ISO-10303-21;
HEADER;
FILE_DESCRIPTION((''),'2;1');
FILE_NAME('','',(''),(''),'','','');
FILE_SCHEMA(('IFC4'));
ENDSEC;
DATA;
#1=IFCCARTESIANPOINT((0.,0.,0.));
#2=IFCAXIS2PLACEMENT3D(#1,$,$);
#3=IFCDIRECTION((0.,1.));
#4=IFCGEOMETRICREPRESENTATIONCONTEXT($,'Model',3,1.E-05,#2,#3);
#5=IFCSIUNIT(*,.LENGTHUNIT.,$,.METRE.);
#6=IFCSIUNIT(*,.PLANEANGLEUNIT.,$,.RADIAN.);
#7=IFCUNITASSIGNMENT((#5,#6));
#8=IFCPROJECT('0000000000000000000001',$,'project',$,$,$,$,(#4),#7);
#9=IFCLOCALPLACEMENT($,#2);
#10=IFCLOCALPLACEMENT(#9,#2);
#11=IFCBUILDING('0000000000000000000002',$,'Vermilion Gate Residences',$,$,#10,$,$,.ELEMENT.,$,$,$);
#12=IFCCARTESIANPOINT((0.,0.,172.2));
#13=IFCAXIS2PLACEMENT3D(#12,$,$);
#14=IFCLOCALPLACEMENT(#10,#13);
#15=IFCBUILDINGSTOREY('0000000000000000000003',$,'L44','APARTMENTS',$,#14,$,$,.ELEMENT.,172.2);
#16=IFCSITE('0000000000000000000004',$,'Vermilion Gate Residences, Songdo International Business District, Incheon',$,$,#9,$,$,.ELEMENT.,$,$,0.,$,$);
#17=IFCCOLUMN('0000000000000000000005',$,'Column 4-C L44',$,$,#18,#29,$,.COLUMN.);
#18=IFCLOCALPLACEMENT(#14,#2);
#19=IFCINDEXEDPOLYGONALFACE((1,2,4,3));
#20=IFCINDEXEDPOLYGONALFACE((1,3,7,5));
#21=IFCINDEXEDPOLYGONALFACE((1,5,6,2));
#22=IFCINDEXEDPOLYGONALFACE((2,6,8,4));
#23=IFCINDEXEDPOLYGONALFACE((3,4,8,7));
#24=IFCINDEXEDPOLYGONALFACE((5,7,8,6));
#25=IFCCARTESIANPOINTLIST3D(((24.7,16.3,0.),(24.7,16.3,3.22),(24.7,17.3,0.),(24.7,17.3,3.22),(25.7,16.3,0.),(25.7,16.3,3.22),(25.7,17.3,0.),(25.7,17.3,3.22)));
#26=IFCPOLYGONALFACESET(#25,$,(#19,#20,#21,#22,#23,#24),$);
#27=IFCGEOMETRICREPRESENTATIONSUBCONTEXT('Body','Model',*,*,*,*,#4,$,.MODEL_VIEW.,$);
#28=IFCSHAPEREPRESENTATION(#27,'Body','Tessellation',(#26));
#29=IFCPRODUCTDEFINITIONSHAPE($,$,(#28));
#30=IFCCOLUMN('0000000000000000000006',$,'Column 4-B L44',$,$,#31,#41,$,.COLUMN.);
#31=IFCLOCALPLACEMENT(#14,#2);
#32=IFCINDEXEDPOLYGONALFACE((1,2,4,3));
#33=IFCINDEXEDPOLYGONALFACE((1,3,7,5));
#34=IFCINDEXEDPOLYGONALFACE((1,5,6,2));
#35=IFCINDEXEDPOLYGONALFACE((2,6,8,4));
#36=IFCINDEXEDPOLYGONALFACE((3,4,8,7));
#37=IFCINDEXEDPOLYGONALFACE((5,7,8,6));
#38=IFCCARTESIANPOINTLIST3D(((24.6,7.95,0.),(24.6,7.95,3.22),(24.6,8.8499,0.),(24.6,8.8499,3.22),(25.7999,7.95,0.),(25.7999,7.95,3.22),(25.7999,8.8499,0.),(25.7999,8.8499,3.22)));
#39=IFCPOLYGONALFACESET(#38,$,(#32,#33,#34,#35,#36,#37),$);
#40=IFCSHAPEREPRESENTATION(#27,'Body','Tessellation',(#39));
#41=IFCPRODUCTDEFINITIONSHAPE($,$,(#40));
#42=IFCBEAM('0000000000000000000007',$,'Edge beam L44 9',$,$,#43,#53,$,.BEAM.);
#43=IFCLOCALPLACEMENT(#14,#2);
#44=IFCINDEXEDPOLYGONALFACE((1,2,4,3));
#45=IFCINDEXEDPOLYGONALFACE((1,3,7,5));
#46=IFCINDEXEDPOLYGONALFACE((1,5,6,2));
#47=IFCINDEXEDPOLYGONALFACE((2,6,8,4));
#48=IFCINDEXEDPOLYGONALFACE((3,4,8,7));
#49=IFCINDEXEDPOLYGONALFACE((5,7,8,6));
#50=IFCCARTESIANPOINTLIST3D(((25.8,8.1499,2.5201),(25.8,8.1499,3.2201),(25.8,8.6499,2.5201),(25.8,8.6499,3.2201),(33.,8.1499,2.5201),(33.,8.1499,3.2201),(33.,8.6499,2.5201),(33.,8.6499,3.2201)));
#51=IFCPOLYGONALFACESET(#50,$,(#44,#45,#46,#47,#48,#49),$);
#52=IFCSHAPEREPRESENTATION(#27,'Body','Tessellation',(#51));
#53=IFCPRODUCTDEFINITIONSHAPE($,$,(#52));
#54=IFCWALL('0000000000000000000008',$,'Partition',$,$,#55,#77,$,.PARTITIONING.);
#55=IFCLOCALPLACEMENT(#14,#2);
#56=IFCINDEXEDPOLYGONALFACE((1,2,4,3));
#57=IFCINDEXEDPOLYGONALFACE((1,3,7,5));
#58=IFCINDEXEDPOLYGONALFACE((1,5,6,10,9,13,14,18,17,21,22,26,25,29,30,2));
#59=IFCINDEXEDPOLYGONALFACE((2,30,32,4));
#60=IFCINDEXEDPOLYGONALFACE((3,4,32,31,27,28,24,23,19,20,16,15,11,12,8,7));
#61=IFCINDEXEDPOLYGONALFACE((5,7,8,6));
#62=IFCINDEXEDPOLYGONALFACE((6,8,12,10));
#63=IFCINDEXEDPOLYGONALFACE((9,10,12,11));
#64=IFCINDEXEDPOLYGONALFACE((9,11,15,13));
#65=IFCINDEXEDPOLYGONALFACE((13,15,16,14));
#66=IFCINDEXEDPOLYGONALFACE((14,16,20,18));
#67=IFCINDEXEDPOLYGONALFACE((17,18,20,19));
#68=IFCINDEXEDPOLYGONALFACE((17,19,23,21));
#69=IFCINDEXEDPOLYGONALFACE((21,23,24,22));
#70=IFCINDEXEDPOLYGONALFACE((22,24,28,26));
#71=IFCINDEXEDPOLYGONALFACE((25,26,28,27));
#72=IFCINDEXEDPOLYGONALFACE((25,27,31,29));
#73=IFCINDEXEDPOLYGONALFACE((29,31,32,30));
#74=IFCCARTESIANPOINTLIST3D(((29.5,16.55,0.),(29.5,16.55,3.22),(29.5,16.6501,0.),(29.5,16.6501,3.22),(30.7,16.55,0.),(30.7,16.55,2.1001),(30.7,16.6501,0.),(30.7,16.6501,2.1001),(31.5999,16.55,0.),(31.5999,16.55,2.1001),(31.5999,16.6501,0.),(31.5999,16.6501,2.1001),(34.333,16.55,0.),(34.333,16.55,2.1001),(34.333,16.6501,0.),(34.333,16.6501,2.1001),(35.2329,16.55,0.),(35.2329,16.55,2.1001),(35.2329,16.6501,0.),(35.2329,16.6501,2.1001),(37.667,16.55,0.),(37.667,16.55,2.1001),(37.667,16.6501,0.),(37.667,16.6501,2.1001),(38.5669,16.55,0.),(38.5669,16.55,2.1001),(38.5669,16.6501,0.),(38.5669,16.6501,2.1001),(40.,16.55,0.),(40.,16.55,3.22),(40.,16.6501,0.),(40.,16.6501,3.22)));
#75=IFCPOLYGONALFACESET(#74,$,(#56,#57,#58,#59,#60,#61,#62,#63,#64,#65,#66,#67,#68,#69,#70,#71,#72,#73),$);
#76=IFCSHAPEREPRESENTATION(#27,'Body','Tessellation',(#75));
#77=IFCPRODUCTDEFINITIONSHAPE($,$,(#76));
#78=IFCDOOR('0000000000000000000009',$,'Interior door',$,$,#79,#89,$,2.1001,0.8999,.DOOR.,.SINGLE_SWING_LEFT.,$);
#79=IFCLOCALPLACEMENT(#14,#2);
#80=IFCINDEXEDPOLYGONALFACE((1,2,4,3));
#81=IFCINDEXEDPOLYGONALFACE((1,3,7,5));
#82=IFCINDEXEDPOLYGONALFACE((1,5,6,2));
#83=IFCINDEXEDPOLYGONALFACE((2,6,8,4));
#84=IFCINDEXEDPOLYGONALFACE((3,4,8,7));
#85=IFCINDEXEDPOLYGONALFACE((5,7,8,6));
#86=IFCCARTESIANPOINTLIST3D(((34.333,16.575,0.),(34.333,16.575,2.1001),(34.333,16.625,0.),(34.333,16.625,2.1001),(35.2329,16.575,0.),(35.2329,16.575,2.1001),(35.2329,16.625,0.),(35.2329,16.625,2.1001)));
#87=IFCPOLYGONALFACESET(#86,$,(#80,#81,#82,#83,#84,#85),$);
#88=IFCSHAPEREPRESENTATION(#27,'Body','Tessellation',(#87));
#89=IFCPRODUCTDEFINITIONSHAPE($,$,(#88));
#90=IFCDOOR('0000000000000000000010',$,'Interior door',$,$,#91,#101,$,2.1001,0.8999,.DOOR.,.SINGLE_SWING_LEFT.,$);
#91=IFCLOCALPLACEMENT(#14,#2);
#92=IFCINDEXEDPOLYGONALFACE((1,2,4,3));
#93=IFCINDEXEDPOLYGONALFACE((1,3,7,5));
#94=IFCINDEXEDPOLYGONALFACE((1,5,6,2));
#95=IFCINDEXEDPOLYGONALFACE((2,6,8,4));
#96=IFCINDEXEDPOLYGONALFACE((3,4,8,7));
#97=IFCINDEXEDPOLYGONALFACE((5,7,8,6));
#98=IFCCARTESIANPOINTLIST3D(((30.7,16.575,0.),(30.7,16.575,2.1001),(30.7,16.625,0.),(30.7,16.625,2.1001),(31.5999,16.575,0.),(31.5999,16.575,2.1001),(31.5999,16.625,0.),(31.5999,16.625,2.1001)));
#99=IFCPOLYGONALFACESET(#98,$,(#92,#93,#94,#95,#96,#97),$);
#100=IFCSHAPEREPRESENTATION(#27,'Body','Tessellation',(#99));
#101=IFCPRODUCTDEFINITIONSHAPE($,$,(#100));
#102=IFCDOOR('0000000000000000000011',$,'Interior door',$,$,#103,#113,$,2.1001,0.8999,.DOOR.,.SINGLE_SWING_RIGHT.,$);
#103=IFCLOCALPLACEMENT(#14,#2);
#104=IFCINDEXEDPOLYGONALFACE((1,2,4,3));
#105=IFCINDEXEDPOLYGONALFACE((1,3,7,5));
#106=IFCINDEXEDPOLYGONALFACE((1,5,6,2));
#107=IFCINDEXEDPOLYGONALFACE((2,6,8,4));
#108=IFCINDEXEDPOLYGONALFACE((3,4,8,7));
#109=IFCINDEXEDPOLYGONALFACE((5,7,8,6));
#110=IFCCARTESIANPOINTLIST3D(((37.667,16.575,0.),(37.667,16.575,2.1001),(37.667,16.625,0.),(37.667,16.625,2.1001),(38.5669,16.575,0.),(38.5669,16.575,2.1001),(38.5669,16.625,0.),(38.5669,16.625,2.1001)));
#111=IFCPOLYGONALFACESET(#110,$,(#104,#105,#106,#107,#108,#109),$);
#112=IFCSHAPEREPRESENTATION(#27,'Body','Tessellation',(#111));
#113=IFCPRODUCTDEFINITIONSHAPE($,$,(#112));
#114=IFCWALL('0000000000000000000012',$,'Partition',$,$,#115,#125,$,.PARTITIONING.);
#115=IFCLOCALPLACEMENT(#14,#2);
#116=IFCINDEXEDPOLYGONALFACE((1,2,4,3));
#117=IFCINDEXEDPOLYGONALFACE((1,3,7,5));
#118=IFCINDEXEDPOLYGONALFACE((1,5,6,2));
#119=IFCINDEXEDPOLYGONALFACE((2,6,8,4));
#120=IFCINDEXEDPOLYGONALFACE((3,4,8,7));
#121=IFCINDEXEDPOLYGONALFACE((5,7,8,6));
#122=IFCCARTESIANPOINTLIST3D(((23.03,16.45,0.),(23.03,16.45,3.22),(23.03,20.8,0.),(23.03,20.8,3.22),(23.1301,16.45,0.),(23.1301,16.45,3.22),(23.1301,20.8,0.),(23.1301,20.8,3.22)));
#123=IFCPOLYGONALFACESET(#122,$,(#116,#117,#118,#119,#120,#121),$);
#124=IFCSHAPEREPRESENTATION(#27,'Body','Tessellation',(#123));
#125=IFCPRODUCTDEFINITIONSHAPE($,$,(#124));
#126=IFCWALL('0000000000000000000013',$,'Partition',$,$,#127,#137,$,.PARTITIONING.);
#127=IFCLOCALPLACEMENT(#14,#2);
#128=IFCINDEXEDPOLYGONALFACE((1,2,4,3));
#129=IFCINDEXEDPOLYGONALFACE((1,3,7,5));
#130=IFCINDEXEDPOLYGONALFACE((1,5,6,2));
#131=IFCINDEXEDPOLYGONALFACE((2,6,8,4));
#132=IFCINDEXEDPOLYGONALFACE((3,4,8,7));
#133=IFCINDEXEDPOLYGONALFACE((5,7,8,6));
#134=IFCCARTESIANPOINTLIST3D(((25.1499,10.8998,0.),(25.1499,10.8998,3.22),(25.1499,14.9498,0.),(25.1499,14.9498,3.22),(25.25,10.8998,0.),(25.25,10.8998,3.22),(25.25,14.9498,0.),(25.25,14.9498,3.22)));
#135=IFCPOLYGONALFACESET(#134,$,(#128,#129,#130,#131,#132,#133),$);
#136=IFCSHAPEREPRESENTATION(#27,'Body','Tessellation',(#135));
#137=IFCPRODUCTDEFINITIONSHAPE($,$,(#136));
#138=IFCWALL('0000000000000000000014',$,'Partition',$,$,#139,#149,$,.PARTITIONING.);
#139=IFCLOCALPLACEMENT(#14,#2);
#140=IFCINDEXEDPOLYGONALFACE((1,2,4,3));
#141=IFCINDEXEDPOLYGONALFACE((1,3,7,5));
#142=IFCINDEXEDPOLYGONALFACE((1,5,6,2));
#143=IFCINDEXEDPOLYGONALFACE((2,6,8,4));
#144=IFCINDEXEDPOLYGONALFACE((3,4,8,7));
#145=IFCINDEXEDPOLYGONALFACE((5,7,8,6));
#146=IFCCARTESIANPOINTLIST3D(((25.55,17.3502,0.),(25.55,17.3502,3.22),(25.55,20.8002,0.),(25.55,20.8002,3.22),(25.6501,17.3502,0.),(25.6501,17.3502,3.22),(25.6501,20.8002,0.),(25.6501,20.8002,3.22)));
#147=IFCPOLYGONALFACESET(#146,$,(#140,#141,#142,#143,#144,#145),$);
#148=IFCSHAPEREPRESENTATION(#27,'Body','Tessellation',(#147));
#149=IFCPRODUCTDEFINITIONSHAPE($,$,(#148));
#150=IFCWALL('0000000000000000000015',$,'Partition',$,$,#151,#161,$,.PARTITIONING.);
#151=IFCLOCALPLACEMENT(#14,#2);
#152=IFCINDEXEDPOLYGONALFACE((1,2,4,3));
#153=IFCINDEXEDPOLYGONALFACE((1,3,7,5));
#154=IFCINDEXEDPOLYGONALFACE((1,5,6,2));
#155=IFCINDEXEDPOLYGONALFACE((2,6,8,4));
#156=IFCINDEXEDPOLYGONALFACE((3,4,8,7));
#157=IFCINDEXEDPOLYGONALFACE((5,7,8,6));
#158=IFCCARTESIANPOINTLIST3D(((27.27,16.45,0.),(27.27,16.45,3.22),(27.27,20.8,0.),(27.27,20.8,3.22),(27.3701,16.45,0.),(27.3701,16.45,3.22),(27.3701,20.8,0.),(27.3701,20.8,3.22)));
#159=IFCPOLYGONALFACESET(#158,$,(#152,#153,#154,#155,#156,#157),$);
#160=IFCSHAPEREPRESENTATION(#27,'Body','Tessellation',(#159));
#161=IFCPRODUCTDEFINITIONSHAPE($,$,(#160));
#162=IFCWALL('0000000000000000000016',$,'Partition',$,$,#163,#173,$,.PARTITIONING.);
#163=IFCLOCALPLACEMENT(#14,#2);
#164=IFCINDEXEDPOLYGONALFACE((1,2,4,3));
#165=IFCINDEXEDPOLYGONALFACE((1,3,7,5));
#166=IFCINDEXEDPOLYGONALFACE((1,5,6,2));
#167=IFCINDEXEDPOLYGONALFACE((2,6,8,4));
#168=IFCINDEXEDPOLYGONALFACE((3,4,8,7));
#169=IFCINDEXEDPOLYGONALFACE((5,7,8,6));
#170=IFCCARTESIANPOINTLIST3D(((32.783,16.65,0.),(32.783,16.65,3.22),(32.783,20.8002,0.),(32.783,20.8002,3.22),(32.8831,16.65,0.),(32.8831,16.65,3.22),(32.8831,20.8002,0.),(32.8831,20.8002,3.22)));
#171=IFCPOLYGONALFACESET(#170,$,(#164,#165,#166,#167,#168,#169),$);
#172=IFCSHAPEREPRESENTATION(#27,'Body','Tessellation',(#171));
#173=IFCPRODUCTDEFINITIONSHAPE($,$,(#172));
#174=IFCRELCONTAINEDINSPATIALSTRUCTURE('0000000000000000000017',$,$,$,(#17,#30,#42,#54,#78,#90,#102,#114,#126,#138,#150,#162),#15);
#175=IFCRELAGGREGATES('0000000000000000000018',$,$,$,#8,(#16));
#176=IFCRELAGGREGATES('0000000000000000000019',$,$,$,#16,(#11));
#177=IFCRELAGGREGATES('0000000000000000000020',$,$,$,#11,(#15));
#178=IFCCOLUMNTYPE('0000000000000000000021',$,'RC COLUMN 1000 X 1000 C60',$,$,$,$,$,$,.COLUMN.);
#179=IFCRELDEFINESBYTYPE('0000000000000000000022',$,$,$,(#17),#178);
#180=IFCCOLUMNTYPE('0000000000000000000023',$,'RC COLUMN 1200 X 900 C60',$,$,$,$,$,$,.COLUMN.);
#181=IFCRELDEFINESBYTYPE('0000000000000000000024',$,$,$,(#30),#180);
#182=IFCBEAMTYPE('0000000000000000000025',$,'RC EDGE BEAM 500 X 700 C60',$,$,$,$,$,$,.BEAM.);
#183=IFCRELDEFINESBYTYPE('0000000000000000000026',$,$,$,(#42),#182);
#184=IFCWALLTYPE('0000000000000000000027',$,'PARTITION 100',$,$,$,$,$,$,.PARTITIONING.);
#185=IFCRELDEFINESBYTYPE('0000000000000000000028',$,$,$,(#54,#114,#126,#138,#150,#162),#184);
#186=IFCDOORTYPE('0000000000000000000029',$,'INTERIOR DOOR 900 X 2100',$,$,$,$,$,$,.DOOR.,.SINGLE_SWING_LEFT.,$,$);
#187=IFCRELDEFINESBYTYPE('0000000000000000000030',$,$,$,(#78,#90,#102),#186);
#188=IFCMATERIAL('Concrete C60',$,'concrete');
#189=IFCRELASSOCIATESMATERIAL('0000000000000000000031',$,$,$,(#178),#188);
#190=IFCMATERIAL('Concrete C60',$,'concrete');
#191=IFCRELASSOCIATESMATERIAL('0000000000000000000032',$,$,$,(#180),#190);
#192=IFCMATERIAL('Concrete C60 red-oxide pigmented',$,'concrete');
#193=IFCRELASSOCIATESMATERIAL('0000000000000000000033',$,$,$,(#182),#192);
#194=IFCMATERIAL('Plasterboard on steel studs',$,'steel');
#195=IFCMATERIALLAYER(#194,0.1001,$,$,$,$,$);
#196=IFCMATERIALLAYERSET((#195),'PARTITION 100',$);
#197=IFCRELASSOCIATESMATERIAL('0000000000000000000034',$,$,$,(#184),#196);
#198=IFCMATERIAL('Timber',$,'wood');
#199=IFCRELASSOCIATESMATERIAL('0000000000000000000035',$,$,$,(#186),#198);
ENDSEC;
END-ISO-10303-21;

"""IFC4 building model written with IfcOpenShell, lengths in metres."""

from ifc_helpers import new_model, si_unit, direction, frame, frame_2d, origin, origin_2d, place, context, subcontext, project, spatial, rectangle, extrude, material, layer, layer_set, material_profile, profile_set, type_object, element, fill, save


model = new_model("IFC4")

# Units and contexts
model_context = context("Model", 3, precision=1e-05, world=origin(), true_north=direction((0.0, 1.0)))
body_context = subcontext(model_context, "Body", "Model", "MODEL_VIEW")
ifc_project = project(units=[si_unit("LENGTHUNIT", "METRE"), si_unit("PLANEANGLEUNIT", "RADIAN")], contexts=[model_context])

# Site, building, storey
site_placement = place(None, origin())
site = spatial("IfcSite", under=ifc_project, at=site_placement, Name="Vermilion Gate Residences, Songdo International Business District, Incheon", CompositionType="ELEMENT", RefElevation=0.0)
building_placement = place(site_placement, origin())
building = spatial("IfcBuilding", under=site, at=building_placement, Name="Vermilion Gate Residences", CompositionType="ELEMENT")
storey_placement = place(building_placement, frame((0.0, 0.0, 172.2)))
storey = spatial("IfcBuildingStorey", under=building, at=storey_placement, Name="L44", Description="APARTMENTS", CompositionType="ELEMENT", Elevation=172.2)

# Columns
ifc_material_1 = material(Name="Concrete C60", Category="concrete")
ifc_material_profile_1 = material_profile(ifc_material_1, rectangle(XDim=1.0, YDim=1.0, at=origin_2d()), Name="RC-1000x1000")
ifc_profile_set_1 = profile_set([ifc_material_profile_1], Name="Concrete C60")
column_type_1 = type_object("IfcColumnType", Name="RC COLUMN 1000 X 1000 C60", PredefinedType="COLUMN", material=ifc_profile_set_1)
column_1_placement = place(storey_placement, frame((25.2, 16.8, 0.0), z_axis=(0.0, 0.0, 1.0), x_axis=(1.0, 0.0, 0.0)))
element("IfcColumn", 1, at=column_1_placement, inside=storey, type_object=column_type_1, Name="Column 4-C L44", PredefinedType="COLUMN", context=body_context, shape_type="SweptSolid", body=[
    extrude(rectangle(XDim=1.0, YDim=1.0, at=origin_2d()), origin(), (0.0, 0.0, 1.0), 3.22),
])
ifc_material_2 = material(Name="Concrete C60", Category="concrete")
ifc_material_profile_2 = material_profile(ifc_material_2, rectangle(XDim=1.2, YDim=0.8999, at=origin_2d()), Name="RC-1200x900")
ifc_profile_set_2 = profile_set([ifc_material_profile_2], Name="Concrete C60")
column_type_2 = type_object("IfcColumnType", Name="RC COLUMN 1200 X 900 C60", PredefinedType="COLUMN", material=ifc_profile_set_2)
column_2_placement = place(storey_placement, frame((25.2, 8.3999, 0.0), z_axis=(0.0, 0.0, 1.0), x_axis=(1.0, 0.0, 0.0)))
element("IfcColumn", 2, at=column_2_placement, inside=storey, type_object=column_type_2, Name="Column 4-B L44", PredefinedType="COLUMN", context=body_context, shape_type="SweptSolid", body=[
    extrude(rectangle(XDim=1.2, YDim=0.8999, at=origin_2d()), origin(), (0.0, 0.0, 1.0), 3.22),
])

# Beam
ifc_material_3 = material(Name="Concrete C60 red-oxide pigmented", Category="concrete")
ifc_material_profile_3 = material_profile(ifc_material_3, rectangle(XDim=0.5, YDim=0.7, at=origin_2d()), Name="RC-500x700")
ifc_profile_set_3 = profile_set([ifc_material_profile_3], Name="Concrete C60 red-oxide pigmented")
beam_type = type_object("IfcBeamType", Name="RC EDGE BEAM 500 X 700 C60", PredefinedType="BEAM", material=ifc_profile_set_3)
beam_placement = place(storey_placement, frame((25.8, 8.3999, 2.8701), z_axis=(1.0, 0.0, 0.0), x_axis=(0.0, 1.0, 0.0)))
element("IfcBeam", 3, at=beam_placement, inside=storey, type_object=beam_type, Name="Edge beam L44 9", PredefinedType="BEAM", context=body_context, shape_type="SweptSolid", body=[
    extrude(rectangle(XDim=0.5, YDim=0.7, at=origin_2d()), origin(), (0.0, 0.0, 1.0), 7.2),
])

# Wall, openings, doors
ifc_material_4 = material(Name="Plasterboard on steel studs", Category="steel")
ifc_layer_1 = layer(ifc_material_4, 0.1001)
ifc_layer_set_1 = layer_set([ifc_layer_1], Name="PARTITION 100")
wall_type_1 = type_object("IfcWallType", Name="PARTITION 100", PredefinedType="PARTITIONING", material=ifc_layer_set_1)
wall_1_placement = place(storey_placement, frame((29.5, 16.6001, 0.0), z_axis=(0.0, 0.0, 1.0), x_axis=(1.0, 0.0, 0.0)))
wall_1 = element("IfcWall", 4, at=wall_1_placement, inside=storey, type_object=wall_type_1, Name="Partition", PredefinedType="PARTITIONING", context=body_context, shape_type="SweptSolid", body=[
    extrude(rectangle(XDim=10.5, YDim=0.1001, at=frame_2d((5.25, 0.0))), origin(), (0.0, 0.0, 1.0), 3.22),
])
opening_1_placement = place(wall_1_placement, frame((4.833, 0.0, 0.0)))
opening_1 = element("IfcOpeningElement", 5, at=opening_1_placement, cuts=wall_1, PredefinedType="OPENING", context=body_context, shape_type="SweptSolid", body=[
    extrude(rectangle(XDim=0.8999, YDim=2.1001, at=frame_2d((0.45, 1.05))), frame((0.0, 0.0601, 0.0), z_axis=(0.0, -1.0, 0.0), x_axis=(1.0, 0.0, 0.0)), (0.0, 0.0, 1.0), 0.1201),
])
opening_2_placement = place(wall_1_placement, frame((1.2, 0.0, 0.0)))
opening_2 = element("IfcOpeningElement", 6, at=opening_2_placement, cuts=wall_1, PredefinedType="OPENING", context=body_context, shape_type="SweptSolid", body=[
    extrude(rectangle(XDim=0.8999, YDim=2.1001, at=frame_2d((0.45, 1.05))), frame((0.0, 0.0601, 0.0), z_axis=(0.0, -1.0, 0.0), x_axis=(1.0, 0.0, 0.0)), (0.0, 0.0, 1.0), 0.1201),
])
opening_3_placement = place(wall_1_placement, frame((8.167, 0.0, 0.0)))
opening_3 = element("IfcOpeningElement", 7, at=opening_3_placement, cuts=wall_1, PredefinedType="OPENING", context=body_context, shape_type="SweptSolid", body=[
    extrude(rectangle(XDim=0.8999, YDim=2.1001, at=frame_2d((0.45, 1.05))), frame((0.0, 0.0601, 0.0), z_axis=(0.0, -1.0, 0.0), x_axis=(1.0, 0.0, 0.0)), (0.0, 0.0, 1.0), 0.1201),
])
ifc_material_5 = material(Name="Timber", Category="wood")
door_type = type_object("IfcDoorType", Name="INTERIOR DOOR 900 X 2100", OperationType="SINGLE_SWING_LEFT", PredefinedType="DOOR", material=ifc_material_5)
door_1_placement = place(opening_1_placement, origin())
door_1 = element("IfcDoor", 8, at=door_1_placement, inside=storey, type_object=door_type, Name="Interior door", OperationType="SINGLE_SWING_LEFT", OverallHeight=2.1001, OverallWidth=0.8999, PredefinedType="DOOR", context=body_context, shape_type="SweptSolid", body=[
    extrude(rectangle(XDim=0.8999, YDim=2.1001, at=frame_2d((0.45, 1.05))), frame((0.0, 0.0249, 0.0), z_axis=(0.0, -1.0, 0.0), x_axis=(1.0, 0.0, 0.0)), (0.0, 0.0, 1.0), 0.05),
])
fill(opening_1, door_1)
door_2_placement = place(opening_2_placement, origin())
door_2 = element("IfcDoor", 9, at=door_2_placement, inside=storey, type_object=door_type, Name="Interior door", OperationType="SINGLE_SWING_LEFT", OverallHeight=2.1001, OverallWidth=0.8999, PredefinedType="DOOR", context=body_context, shape_type="SweptSolid", body=[
    extrude(rectangle(XDim=0.8999, YDim=2.1001, at=frame_2d((0.45, 1.05))), frame((0.0, 0.0249, 0.0), z_axis=(0.0, -1.0, 0.0), x_axis=(1.0, 0.0, 0.0)), (0.0, 0.0, 1.0), 0.05),
])
fill(opening_2, door_2)
door_3_placement = place(opening_3_placement, origin())
door_3 = element("IfcDoor", 10, at=door_3_placement, inside=storey, type_object=door_type, Name="Interior door", OperationType="SINGLE_SWING_RIGHT", OverallHeight=2.1001, OverallWidth=0.8999, PredefinedType="DOOR", context=body_context, shape_type="SweptSolid", body=[
    extrude(rectangle(XDim=0.8999, YDim=2.1001, at=frame_2d((0.45, 1.05))), frame((0.0, 0.0249, 0.0), z_axis=(0.0, -1.0, 0.0), x_axis=(1.0, 0.0, 0.0)), (0.0, 0.0, 1.0), 0.05),
])
fill(opening_3, door_3)

# Walls
wall_2_placement = place(storey_placement, frame((23.0801, 16.45, 0.0), z_axis=(0.0, 0.0, 1.0), x_axis=(0.0, 1.0, 0.0)))
element("IfcWall", 11, at=wall_2_placement, inside=storey, type_object=wall_type_1, Name="Partition", PredefinedType="PARTITIONING", context=body_context, shape_type="SweptSolid", body=[
    extrude(rectangle(XDim=4.3501, YDim=0.1001, at=frame_2d((2.175, 0.0))), origin(), (0.0, 0.0, 1.0), 3.22),
])
wall_3_placement = place(storey_placement, frame((25.2, 10.8999, 0.0), z_axis=(0.0, 0.0, 1.0), x_axis=(0.0, 1.0, 0.0)))
element("IfcWall", 12, at=wall_3_placement, inside=storey, type_object=wall_type_1, Name="Partition", PredefinedType="PARTITIONING", context=body_context, shape_type="SweptSolid", body=[
    extrude(rectangle(XDim=4.05, YDim=0.1001, at=frame_2d((2.0249, 0.0))), origin(), (0.0, 0.0, 1.0), 3.22),
])
wall_4_placement = place(storey_placement, frame((25.6001, 17.3501, 0.0), z_axis=(0.0, 0.0, 1.0), x_axis=(0.0, 1.0, 0.0)))
element("IfcWall", 13, at=wall_4_placement, inside=storey, type_object=wall_type_1, Name="Partition", PredefinedType="PARTITIONING", context=body_context, shape_type="SweptSolid", body=[
    extrude(rectangle(XDim=3.45, YDim=0.1001, at=frame_2d((1.7251, 0.0))), origin(), (0.0, 0.0, 1.0), 3.22),
])
wall_5_placement = place(storey_placement, frame((27.3201, 16.45, 0.0), z_axis=(0.0, 0.0, 1.0), x_axis=(0.0, 1.0, 0.0)))
element("IfcWall", 14, at=wall_5_placement, inside=storey, type_object=wall_type_1, Name="Partition", PredefinedType="PARTITIONING", context=body_context, shape_type="SweptSolid", body=[
    extrude(rectangle(XDim=4.3501, YDim=0.1001, at=frame_2d((2.175, 0.0))), origin(), (0.0, 0.0, 1.0), 3.22),
])
wall_6_placement = place(storey_placement, frame((32.833, 16.6499, 0.0), z_axis=(0.0, 0.0, 1.0), x_axis=(0.0, 1.0, 0.0)))
element("IfcWall", 15, at=wall_6_placement, inside=storey, type_object=wall_type_1, Name="Partition", PredefinedType="PARTITIONING", context=body_context, shape_type="SweptSolid", body=[
    extrude(rectangle(XDim=4.1501, YDim=0.1001, at=frame_2d((2.0752, 0.0))), origin(), (0.0, 0.0, 1.0), 3.22),
])

save(model, "model.ifc")
